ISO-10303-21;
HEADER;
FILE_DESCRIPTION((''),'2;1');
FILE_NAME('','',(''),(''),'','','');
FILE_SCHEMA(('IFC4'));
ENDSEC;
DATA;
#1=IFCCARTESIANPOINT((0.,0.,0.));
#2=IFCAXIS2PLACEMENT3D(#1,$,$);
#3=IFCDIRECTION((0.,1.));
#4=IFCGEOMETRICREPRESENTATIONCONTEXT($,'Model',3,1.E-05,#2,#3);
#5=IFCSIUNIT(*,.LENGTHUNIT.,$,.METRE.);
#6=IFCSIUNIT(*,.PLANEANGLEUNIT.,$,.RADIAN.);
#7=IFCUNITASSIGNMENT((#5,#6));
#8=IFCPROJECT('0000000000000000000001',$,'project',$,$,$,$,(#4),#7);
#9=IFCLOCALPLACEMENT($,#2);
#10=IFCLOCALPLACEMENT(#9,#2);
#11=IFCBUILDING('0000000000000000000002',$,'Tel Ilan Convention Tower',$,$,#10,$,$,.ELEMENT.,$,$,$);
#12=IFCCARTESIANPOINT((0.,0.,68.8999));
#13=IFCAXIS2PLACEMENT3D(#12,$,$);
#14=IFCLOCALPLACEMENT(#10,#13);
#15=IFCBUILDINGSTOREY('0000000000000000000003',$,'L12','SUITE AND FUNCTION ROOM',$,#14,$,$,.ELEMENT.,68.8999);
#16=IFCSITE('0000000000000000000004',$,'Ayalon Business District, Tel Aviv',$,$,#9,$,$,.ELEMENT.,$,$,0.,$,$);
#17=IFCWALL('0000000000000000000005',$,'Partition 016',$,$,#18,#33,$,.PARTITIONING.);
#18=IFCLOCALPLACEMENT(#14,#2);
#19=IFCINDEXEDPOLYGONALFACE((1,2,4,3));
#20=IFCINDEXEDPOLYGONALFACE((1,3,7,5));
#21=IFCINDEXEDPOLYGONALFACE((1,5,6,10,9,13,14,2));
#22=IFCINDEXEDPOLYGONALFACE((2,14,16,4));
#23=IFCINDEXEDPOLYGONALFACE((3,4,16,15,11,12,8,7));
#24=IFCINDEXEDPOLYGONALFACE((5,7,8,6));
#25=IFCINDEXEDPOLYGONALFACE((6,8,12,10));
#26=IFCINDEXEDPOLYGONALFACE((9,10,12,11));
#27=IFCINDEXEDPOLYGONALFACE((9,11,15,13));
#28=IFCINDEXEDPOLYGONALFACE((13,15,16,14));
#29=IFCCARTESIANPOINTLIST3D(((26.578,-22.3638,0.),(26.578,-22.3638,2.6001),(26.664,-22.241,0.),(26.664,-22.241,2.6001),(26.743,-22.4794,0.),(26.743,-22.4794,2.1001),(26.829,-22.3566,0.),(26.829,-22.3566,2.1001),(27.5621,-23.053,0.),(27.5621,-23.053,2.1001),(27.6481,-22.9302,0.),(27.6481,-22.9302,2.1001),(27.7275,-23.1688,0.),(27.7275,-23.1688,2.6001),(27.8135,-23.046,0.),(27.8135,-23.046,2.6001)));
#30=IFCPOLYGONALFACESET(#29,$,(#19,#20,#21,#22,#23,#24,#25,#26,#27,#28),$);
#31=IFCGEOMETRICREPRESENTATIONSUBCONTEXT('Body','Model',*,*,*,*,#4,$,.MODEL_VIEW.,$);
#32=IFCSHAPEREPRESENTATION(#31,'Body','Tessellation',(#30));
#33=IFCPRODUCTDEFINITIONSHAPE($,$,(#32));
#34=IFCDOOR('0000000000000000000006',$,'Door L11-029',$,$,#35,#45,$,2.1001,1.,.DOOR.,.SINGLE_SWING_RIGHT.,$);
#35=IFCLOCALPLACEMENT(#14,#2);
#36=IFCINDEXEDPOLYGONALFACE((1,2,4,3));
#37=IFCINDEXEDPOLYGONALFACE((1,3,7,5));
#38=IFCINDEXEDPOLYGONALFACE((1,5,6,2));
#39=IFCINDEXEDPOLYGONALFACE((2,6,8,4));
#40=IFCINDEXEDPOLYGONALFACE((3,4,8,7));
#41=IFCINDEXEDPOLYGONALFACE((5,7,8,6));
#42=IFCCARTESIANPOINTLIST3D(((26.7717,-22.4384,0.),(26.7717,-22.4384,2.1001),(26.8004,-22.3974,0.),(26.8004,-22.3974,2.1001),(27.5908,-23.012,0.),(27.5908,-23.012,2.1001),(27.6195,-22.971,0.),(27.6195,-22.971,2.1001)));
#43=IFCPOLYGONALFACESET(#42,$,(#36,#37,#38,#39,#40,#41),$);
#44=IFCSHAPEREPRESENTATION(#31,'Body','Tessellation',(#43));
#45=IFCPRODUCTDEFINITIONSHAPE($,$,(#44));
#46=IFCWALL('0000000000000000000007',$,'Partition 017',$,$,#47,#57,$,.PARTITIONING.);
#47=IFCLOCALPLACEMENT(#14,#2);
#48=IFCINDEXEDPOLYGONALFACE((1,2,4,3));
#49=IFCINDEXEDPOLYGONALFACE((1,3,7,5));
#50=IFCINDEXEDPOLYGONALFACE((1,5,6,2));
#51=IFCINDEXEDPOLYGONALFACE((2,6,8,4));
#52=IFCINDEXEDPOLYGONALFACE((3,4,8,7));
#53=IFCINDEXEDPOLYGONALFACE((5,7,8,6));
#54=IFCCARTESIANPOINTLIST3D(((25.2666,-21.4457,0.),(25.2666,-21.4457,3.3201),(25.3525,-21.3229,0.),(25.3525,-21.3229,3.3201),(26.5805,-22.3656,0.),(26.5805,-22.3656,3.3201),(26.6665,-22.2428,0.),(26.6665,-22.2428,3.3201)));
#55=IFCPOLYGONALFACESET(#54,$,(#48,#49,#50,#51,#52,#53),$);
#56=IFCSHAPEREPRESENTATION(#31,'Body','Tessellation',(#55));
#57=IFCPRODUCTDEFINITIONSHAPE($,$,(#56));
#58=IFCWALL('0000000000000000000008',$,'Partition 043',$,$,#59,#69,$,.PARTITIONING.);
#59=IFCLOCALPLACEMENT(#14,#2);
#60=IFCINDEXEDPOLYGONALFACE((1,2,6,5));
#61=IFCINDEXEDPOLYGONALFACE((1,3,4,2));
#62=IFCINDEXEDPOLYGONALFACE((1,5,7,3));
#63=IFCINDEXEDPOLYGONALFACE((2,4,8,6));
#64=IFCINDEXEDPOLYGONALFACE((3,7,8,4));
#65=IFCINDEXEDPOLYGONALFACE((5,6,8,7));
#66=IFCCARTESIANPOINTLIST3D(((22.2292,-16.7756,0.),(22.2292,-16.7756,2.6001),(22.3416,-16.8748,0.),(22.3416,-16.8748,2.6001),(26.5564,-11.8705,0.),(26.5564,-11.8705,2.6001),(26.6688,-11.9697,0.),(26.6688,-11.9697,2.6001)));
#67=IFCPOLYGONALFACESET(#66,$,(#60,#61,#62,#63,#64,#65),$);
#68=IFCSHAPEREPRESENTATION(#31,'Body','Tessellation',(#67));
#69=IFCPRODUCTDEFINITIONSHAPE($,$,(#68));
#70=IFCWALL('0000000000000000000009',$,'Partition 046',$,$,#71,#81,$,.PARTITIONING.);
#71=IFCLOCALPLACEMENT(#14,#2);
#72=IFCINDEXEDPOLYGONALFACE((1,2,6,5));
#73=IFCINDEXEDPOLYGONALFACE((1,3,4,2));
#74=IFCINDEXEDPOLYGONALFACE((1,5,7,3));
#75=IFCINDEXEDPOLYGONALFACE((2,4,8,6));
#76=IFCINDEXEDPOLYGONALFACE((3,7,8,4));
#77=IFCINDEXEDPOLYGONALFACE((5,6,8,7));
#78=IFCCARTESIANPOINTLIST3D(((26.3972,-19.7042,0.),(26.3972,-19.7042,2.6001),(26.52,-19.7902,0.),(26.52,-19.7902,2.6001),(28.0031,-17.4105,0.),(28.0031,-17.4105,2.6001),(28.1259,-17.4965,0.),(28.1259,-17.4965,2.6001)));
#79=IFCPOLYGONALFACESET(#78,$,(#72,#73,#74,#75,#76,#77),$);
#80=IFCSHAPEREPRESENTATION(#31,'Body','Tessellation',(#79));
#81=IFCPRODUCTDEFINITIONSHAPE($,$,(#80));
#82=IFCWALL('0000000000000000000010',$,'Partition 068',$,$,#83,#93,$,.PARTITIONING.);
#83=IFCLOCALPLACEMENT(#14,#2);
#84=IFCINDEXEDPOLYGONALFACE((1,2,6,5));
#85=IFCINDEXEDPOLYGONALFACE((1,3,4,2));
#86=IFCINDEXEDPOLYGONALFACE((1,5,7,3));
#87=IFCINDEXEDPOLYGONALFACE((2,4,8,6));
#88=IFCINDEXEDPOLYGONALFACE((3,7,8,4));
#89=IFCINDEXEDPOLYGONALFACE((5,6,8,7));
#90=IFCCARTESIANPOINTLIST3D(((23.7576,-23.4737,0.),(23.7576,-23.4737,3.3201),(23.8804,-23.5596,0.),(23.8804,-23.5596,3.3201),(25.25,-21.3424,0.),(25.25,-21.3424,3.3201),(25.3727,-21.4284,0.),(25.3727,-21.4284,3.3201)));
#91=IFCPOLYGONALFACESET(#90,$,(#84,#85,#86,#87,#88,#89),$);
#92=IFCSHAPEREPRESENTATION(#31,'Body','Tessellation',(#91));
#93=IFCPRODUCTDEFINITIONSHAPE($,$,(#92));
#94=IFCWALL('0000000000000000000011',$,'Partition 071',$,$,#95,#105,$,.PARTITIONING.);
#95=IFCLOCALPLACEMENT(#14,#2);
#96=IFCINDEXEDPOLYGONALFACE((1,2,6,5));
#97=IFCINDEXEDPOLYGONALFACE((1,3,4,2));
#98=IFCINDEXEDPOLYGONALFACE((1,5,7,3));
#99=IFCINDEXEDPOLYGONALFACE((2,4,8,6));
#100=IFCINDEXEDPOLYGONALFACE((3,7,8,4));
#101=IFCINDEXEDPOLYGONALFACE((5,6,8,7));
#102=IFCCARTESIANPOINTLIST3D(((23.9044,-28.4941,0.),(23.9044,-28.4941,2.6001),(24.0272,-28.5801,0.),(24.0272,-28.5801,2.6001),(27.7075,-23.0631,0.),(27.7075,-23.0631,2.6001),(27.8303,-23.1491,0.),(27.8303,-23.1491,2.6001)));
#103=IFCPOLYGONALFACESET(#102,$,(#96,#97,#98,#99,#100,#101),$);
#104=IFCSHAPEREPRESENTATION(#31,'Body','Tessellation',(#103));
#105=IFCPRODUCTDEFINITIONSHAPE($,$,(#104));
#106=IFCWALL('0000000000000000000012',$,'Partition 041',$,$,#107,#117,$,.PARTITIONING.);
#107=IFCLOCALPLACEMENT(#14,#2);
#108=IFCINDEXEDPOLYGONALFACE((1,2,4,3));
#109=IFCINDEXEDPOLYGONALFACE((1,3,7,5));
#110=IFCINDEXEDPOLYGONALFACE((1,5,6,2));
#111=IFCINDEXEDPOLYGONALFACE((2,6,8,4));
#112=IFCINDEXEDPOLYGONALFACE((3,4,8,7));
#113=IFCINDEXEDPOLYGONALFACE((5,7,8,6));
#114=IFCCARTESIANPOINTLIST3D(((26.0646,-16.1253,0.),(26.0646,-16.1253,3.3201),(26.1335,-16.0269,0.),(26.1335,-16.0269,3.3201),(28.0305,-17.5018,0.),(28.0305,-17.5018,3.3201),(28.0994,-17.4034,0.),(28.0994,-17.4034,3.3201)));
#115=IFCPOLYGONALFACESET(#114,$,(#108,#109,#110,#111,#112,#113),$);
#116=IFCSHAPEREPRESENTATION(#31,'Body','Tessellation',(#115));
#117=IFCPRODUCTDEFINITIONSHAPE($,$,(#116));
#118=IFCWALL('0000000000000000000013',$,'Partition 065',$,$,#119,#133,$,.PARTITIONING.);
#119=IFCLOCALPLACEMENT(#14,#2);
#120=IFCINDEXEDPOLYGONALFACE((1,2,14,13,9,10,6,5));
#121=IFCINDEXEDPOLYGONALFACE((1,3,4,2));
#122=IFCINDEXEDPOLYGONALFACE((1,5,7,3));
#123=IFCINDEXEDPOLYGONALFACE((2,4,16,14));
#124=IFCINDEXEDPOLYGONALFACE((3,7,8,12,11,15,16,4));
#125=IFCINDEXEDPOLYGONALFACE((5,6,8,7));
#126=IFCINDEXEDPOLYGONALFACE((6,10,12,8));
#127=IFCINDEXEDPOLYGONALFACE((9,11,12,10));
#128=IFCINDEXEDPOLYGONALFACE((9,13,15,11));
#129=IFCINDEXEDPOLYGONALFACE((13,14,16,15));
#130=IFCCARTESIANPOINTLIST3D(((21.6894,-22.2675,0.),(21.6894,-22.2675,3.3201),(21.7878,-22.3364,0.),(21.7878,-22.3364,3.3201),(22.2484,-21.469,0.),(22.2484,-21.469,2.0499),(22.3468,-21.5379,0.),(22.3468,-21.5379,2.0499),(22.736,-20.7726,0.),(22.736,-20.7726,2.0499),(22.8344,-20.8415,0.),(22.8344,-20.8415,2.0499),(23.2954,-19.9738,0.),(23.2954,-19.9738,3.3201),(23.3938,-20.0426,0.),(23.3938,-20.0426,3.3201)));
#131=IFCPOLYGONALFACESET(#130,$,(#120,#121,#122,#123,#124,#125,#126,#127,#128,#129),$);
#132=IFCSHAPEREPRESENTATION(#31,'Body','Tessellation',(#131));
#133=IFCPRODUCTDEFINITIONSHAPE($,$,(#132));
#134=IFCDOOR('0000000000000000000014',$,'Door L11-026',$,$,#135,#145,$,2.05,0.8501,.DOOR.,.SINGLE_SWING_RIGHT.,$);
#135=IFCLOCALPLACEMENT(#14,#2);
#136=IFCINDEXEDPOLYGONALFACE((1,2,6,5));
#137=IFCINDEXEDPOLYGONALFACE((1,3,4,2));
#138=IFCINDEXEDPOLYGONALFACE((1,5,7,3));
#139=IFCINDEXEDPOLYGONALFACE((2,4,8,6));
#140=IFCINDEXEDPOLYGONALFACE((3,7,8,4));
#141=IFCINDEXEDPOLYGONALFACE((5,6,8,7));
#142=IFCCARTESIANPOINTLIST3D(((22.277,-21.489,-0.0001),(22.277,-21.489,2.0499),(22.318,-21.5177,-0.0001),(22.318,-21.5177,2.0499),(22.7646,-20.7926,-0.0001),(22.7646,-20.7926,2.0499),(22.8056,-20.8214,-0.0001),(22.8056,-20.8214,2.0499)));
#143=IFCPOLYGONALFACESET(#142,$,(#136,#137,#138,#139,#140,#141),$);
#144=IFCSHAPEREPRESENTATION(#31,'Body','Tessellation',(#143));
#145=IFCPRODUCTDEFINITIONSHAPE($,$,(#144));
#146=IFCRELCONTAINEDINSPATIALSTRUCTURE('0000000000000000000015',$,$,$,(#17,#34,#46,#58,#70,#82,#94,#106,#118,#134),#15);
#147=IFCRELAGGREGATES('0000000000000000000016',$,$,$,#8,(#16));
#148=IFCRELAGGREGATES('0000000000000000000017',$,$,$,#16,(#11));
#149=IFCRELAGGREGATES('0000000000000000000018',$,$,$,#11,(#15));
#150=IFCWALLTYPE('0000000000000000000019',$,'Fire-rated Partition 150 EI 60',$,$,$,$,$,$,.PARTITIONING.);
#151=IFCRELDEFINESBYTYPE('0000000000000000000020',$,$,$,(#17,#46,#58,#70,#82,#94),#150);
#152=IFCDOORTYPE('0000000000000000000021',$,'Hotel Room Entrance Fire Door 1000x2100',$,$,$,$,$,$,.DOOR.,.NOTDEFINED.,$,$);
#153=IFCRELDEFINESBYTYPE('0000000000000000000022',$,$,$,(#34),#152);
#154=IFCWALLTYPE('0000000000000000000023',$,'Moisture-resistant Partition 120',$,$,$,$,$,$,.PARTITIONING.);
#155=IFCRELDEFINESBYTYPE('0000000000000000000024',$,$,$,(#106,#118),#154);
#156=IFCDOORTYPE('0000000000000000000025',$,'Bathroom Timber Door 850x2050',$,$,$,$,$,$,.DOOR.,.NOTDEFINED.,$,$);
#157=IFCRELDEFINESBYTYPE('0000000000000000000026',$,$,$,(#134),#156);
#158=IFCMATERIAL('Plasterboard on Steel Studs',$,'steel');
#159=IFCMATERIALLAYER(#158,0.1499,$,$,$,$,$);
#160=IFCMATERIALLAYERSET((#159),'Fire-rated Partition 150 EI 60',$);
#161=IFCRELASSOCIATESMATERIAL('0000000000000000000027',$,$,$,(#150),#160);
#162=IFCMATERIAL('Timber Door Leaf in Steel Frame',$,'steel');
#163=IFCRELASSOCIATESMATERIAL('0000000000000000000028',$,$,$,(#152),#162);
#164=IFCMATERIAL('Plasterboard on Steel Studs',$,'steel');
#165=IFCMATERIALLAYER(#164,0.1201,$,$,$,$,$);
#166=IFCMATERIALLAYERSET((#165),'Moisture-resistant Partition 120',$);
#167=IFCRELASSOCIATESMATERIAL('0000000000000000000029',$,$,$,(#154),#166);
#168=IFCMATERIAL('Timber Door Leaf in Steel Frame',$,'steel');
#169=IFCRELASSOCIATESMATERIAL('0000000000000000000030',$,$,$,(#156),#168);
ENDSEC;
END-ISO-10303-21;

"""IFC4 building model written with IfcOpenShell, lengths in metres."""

from ifc_helpers import new_model, si_unit, direction, frame, frame_2d, origin, place, context, subcontext, project, spatial, rectangle, extrude, material, layer, layer_set, type_object, element, fill, save


model = new_model("IFC4")

# Units and contexts
model_context = context("Model", 3, precision=1e-05, world=origin(), true_north=direction((0.0, 1.0)))
body_context = subcontext(model_context, "Body", "Model", "MODEL_VIEW")
ifc_project = project(units=[si_unit("LENGTHUNIT", "METRE"), si_unit("PLANEANGLEUNIT", "RADIAN")], contexts=[model_context])

# Site, building, storey
site_placement = place(None, origin())
site = spatial("IfcSite", under=ifc_project, at=site_placement, Name="Ayalon Business District, Tel Aviv", CompositionType="ELEMENT", RefElevation=0.0)
building_placement = place(site_placement, origin())
building = spatial("IfcBuilding", under=site, at=building_placement, Name="Tel Ilan Convention Tower", CompositionType="ELEMENT")
storey_placement = place(building_placement, frame((0.0, 0.0, 68.8999)))
storey = spatial("IfcBuildingStorey", under=building, at=storey_placement, Name="L12", Description="SUITE AND FUNCTION ROOM", CompositionType="ELEMENT", Elevation=68.8999)

# Shared definitions
ifc_material_1 = material(Name="Plasterboard on Steel Studs", Category="steel")
ifc_layer_1 = layer(ifc_material_1, 0.1499)
ifc_layer_set_1 = layer_set([ifc_layer_1], Name="Fire-rated Partition 150 EI 60")
wall_type_1 = type_object("IfcWallType", Name="Fire-rated Partition 150 EI 60", PredefinedType="PARTITIONING", material=ifc_layer_set_1)
ifc_material_2 = material(Name="Timber Door Leaf in Steel Frame", Category="steel")
door_type_1 = type_object("IfcDoorType", Name="Hotel Room Entrance Fire Door 1000x2100", OperationType="NOTDEFINED", PredefinedType="DOOR", material=ifc_material_2)

# Wall, opening, door
wall_1_placement = place(storey_placement, frame((27.7705, -23.1074, 0.0), z_axis=(0.0, 0.0, 1.0), x_axis=(-0.819117, 0.573626, 0.0)))
wall_1 = element("IfcWall", 1, at=wall_1_placement, inside=storey, type_object=wall_type_1, Name="Partition 016", PredefinedType="PARTITIONING", context=body_context, shape_type="SweptSolid", body=[
    extrude(rectangle(XDim=1.4033, YDim=0.1499, at=frame_2d((0.7017, 0.0))), origin(), (0.0, 0.0, 1.0), 2.6001),
])
opening_1_placement = place(wall_1_placement, frame((0.2019, 0.0, 0.0)))
opening_1 = element("IfcOpeningElement", 2, at=opening_1_placement, cuts=wall_1, PredefinedType="OPENING", context=body_context, shape_type="SweptSolid", body=[
    extrude(rectangle(XDim=1.0, YDim=2.1001, at=frame_2d((0.5, 1.05))), frame((0.0, 0.085, 0.0), z_axis=(0.0, -1.0, 0.0), x_axis=(1.0, 0.0, 0.0)), (0.0, 0.0, 1.0), 0.1699),
])
door_1_placement = place(opening_1_placement, origin())
door_1 = element("IfcDoor", 3, at=door_1_placement, inside=storey, type_object=door_type_1, Name="Door L11-029", OperationType="SINGLE_SWING_RIGHT", OverallHeight=2.1001, OverallWidth=1.0, PredefinedType="DOOR", context=body_context, shape_type="SweptSolid", body=[
    extrude(rectangle(XDim=1.0, YDim=2.1001, at=frame_2d((0.5, 1.05))), frame((0.0, 0.0249, 0.0), z_axis=(0.0, -1.0, 0.0), x_axis=(1.0, 0.0, 0.0)), (0.0, 0.0, 1.0), 0.05),
])
fill(opening_1, door_1)

# Walls
wall_2_placement = place(storey_placement, frame((26.6235, -22.3042, 0.0), z_axis=(0.0, 0.0, 1.0), x_axis=(-0.819189, 0.573524, 0.0)))
element("IfcWall", 4, at=wall_2_placement, inside=storey, type_object=wall_type_1, Name="Partition 017", PredefinedType="PARTITIONING", context=body_context, shape_type="SweptSolid", body=[
    extrude(rectangle(XDim=1.604, YDim=0.1499, at=frame_2d((0.802, 0.0))), origin(), (0.0, 0.0, 1.0), 3.3201),
])
wall_3_placement = place(storey_placement, frame((22.2854, -16.8252, 0.0), z_axis=(0.0, 0.0, 1.0), x_axis=(0.661551, 0.7499, 0.0)))
element("IfcWall", 5, at=wall_3_placement, inside=storey, type_object=wall_type_1, Name="Partition 043", PredefinedType="PARTITIONING", context=body_context, shape_type="SweptSolid", body=[
    extrude(rectangle(XDim=6.541, YDim=0.1499, at=frame_2d((3.2705, 0.0))), origin(), (0.0, 0.0, 1.0), 2.6001),
])
wall_4_placement = place(storey_placement, frame((28.0645, -17.4536, 0.0), z_axis=(0.0, 0.0, 1.0), x_axis=(-0.57355, -0.81917, 0.0)))
element("IfcWall", 6, at=wall_4_placement, inside=storey, type_object=wall_type_1, Name="Partition 046", PredefinedType="PARTITIONING", context=body_context, shape_type="SweptSolid", body=[
    extrude(rectangle(XDim=2.8, YDim=0.1499, at=frame_2d((1.3999, 0.0))), origin(), (0.0, 0.0, 1.0), 2.6001),
])
wall_5_placement = place(storey_placement, frame((25.3113, -21.3855, 0.0), z_axis=(0.0, 0.0, 1.0), x_axis=(-0.573588, -0.819144, 0.0)))
element("IfcWall", 7, at=wall_5_placement, inside=storey, type_object=wall_type_1, Name="Partition 068", PredefinedType="PARTITIONING", context=body_context, shape_type="SweptSolid", body=[
    extrude(rectangle(XDim=2.6018, YDim=0.1499, at=frame_2d((1.3008, 0.0))), origin(), (0.0, 0.0, 1.0), 3.3201),
])
wall_6_placement = place(storey_placement, frame((27.7688, -23.1062, 0.0), z_axis=(0.0, 0.0, 1.0), x_axis=(-0.573598, -0.819137, 0.0)))
element("IfcWall", 8, at=wall_6_placement, inside=storey, type_object=wall_type_1, Name="Partition 071", PredefinedType="PARTITIONING", context=body_context, shape_type="SweptSolid", body=[
    extrude(rectangle(XDim=6.6301, YDim=0.1499, at=frame_2d((3.3149, 0.0))), origin(), (0.0, 0.0, 1.0), 2.6001),
])
ifc_material_3 = material(Name="Plasterboard on Steel Studs", Category="steel")
ifc_layer_2 = layer(ifc_material_3, 0.1201)
ifc_layer_set_2 = layer_set([ifc_layer_2], Name="Moisture-resistant Partition 120")
wall_type_2 = type_object("IfcWallType", Name="Moisture-resistant Partition 120", PredefinedType="PARTITIONING", material=ifc_layer_set_2)
wall_7_placement = place(storey_placement, frame((28.0649, -17.4526, 0.0), z_axis=(0.0, 0.0, 1.0), x_axis=(-0.819155, 0.573572, 0.0)))
element("IfcWall", 9, at=wall_7_placement, inside=storey, type_object=wall_type_2, Name="Partition 041", PredefinedType="PARTITIONING", context=body_context, shape_type="SweptSolid", body=[
    extrude(rectangle(XDim=2.3999, YDim=0.1201, at=frame_2d((1.2, 0.0))), origin(), (0.0, 0.0, 1.0), 3.3201),
])

# Wall, opening, door
wall_8_placement = place(storey_placement, frame((23.3445, -20.0083, 0.0), z_axis=(0.0, 0.0, 1.0), x_axis=(-0.57355, -0.81917, 0.0)))
wall_8 = element("IfcWall", 10, at=wall_8_placement, inside=storey, type_object=wall_type_2, Name="Partition 065", PredefinedType="PARTITIONING", context=body_context, shape_type="SweptSolid", body=[
    extrude(rectangle(XDim=2.8, YDim=0.1201, at=frame_2d((1.3999, 0.0))), origin(), (0.0, 0.0, 1.0), 3.3201),
])
opening_2_placement = place(wall_8_placement, frame((0.9751, 0.0, 0.0)))
opening_2 = element("IfcOpeningElement", 11, at=opening_2_placement, cuts=wall_8, PredefinedType="OPENING", context=body_context, shape_type="SweptSolid", body=[
    extrude(rectangle(XDim=0.8501, YDim=2.05, at=frame_2d((0.425, 1.0249))), frame((0.0, 0.0701, 0.0), z_axis=(0.0, -1.0, 0.0), x_axis=(1.0, 0.0, 0.0)), (0.0, 0.0, 1.0), 0.1401),
])
ifc_material_4 = material(Name="Timber Door Leaf in Steel Frame", Category="steel")
door_type_2 = type_object("IfcDoorType", Name="Bathroom Timber Door 850x2050", OperationType="NOTDEFINED", PredefinedType="DOOR", material=ifc_material_4)
door_2_placement = place(opening_2_placement, origin())
door_2 = element("IfcDoor", 12, at=door_2_placement, inside=storey, type_object=door_type_2, Name="Door L11-026", OperationType="SINGLE_SWING_RIGHT", OverallHeight=2.05, OverallWidth=0.8501, PredefinedType="DOOR", context=body_context, shape_type="SweptSolid", body=[
    extrude(rectangle(XDim=0.8501, YDim=2.05, at=frame_2d((0.425, 1.0249))), frame((0.0, 0.0249, 0.0), z_axis=(0.0, -1.0, 0.0), x_axis=(1.0, 0.0, 0.0)), (0.0, 0.0, 1.0), 0.05),
])
fill(opening_2, door_2)

save(model, "model.ifc")
